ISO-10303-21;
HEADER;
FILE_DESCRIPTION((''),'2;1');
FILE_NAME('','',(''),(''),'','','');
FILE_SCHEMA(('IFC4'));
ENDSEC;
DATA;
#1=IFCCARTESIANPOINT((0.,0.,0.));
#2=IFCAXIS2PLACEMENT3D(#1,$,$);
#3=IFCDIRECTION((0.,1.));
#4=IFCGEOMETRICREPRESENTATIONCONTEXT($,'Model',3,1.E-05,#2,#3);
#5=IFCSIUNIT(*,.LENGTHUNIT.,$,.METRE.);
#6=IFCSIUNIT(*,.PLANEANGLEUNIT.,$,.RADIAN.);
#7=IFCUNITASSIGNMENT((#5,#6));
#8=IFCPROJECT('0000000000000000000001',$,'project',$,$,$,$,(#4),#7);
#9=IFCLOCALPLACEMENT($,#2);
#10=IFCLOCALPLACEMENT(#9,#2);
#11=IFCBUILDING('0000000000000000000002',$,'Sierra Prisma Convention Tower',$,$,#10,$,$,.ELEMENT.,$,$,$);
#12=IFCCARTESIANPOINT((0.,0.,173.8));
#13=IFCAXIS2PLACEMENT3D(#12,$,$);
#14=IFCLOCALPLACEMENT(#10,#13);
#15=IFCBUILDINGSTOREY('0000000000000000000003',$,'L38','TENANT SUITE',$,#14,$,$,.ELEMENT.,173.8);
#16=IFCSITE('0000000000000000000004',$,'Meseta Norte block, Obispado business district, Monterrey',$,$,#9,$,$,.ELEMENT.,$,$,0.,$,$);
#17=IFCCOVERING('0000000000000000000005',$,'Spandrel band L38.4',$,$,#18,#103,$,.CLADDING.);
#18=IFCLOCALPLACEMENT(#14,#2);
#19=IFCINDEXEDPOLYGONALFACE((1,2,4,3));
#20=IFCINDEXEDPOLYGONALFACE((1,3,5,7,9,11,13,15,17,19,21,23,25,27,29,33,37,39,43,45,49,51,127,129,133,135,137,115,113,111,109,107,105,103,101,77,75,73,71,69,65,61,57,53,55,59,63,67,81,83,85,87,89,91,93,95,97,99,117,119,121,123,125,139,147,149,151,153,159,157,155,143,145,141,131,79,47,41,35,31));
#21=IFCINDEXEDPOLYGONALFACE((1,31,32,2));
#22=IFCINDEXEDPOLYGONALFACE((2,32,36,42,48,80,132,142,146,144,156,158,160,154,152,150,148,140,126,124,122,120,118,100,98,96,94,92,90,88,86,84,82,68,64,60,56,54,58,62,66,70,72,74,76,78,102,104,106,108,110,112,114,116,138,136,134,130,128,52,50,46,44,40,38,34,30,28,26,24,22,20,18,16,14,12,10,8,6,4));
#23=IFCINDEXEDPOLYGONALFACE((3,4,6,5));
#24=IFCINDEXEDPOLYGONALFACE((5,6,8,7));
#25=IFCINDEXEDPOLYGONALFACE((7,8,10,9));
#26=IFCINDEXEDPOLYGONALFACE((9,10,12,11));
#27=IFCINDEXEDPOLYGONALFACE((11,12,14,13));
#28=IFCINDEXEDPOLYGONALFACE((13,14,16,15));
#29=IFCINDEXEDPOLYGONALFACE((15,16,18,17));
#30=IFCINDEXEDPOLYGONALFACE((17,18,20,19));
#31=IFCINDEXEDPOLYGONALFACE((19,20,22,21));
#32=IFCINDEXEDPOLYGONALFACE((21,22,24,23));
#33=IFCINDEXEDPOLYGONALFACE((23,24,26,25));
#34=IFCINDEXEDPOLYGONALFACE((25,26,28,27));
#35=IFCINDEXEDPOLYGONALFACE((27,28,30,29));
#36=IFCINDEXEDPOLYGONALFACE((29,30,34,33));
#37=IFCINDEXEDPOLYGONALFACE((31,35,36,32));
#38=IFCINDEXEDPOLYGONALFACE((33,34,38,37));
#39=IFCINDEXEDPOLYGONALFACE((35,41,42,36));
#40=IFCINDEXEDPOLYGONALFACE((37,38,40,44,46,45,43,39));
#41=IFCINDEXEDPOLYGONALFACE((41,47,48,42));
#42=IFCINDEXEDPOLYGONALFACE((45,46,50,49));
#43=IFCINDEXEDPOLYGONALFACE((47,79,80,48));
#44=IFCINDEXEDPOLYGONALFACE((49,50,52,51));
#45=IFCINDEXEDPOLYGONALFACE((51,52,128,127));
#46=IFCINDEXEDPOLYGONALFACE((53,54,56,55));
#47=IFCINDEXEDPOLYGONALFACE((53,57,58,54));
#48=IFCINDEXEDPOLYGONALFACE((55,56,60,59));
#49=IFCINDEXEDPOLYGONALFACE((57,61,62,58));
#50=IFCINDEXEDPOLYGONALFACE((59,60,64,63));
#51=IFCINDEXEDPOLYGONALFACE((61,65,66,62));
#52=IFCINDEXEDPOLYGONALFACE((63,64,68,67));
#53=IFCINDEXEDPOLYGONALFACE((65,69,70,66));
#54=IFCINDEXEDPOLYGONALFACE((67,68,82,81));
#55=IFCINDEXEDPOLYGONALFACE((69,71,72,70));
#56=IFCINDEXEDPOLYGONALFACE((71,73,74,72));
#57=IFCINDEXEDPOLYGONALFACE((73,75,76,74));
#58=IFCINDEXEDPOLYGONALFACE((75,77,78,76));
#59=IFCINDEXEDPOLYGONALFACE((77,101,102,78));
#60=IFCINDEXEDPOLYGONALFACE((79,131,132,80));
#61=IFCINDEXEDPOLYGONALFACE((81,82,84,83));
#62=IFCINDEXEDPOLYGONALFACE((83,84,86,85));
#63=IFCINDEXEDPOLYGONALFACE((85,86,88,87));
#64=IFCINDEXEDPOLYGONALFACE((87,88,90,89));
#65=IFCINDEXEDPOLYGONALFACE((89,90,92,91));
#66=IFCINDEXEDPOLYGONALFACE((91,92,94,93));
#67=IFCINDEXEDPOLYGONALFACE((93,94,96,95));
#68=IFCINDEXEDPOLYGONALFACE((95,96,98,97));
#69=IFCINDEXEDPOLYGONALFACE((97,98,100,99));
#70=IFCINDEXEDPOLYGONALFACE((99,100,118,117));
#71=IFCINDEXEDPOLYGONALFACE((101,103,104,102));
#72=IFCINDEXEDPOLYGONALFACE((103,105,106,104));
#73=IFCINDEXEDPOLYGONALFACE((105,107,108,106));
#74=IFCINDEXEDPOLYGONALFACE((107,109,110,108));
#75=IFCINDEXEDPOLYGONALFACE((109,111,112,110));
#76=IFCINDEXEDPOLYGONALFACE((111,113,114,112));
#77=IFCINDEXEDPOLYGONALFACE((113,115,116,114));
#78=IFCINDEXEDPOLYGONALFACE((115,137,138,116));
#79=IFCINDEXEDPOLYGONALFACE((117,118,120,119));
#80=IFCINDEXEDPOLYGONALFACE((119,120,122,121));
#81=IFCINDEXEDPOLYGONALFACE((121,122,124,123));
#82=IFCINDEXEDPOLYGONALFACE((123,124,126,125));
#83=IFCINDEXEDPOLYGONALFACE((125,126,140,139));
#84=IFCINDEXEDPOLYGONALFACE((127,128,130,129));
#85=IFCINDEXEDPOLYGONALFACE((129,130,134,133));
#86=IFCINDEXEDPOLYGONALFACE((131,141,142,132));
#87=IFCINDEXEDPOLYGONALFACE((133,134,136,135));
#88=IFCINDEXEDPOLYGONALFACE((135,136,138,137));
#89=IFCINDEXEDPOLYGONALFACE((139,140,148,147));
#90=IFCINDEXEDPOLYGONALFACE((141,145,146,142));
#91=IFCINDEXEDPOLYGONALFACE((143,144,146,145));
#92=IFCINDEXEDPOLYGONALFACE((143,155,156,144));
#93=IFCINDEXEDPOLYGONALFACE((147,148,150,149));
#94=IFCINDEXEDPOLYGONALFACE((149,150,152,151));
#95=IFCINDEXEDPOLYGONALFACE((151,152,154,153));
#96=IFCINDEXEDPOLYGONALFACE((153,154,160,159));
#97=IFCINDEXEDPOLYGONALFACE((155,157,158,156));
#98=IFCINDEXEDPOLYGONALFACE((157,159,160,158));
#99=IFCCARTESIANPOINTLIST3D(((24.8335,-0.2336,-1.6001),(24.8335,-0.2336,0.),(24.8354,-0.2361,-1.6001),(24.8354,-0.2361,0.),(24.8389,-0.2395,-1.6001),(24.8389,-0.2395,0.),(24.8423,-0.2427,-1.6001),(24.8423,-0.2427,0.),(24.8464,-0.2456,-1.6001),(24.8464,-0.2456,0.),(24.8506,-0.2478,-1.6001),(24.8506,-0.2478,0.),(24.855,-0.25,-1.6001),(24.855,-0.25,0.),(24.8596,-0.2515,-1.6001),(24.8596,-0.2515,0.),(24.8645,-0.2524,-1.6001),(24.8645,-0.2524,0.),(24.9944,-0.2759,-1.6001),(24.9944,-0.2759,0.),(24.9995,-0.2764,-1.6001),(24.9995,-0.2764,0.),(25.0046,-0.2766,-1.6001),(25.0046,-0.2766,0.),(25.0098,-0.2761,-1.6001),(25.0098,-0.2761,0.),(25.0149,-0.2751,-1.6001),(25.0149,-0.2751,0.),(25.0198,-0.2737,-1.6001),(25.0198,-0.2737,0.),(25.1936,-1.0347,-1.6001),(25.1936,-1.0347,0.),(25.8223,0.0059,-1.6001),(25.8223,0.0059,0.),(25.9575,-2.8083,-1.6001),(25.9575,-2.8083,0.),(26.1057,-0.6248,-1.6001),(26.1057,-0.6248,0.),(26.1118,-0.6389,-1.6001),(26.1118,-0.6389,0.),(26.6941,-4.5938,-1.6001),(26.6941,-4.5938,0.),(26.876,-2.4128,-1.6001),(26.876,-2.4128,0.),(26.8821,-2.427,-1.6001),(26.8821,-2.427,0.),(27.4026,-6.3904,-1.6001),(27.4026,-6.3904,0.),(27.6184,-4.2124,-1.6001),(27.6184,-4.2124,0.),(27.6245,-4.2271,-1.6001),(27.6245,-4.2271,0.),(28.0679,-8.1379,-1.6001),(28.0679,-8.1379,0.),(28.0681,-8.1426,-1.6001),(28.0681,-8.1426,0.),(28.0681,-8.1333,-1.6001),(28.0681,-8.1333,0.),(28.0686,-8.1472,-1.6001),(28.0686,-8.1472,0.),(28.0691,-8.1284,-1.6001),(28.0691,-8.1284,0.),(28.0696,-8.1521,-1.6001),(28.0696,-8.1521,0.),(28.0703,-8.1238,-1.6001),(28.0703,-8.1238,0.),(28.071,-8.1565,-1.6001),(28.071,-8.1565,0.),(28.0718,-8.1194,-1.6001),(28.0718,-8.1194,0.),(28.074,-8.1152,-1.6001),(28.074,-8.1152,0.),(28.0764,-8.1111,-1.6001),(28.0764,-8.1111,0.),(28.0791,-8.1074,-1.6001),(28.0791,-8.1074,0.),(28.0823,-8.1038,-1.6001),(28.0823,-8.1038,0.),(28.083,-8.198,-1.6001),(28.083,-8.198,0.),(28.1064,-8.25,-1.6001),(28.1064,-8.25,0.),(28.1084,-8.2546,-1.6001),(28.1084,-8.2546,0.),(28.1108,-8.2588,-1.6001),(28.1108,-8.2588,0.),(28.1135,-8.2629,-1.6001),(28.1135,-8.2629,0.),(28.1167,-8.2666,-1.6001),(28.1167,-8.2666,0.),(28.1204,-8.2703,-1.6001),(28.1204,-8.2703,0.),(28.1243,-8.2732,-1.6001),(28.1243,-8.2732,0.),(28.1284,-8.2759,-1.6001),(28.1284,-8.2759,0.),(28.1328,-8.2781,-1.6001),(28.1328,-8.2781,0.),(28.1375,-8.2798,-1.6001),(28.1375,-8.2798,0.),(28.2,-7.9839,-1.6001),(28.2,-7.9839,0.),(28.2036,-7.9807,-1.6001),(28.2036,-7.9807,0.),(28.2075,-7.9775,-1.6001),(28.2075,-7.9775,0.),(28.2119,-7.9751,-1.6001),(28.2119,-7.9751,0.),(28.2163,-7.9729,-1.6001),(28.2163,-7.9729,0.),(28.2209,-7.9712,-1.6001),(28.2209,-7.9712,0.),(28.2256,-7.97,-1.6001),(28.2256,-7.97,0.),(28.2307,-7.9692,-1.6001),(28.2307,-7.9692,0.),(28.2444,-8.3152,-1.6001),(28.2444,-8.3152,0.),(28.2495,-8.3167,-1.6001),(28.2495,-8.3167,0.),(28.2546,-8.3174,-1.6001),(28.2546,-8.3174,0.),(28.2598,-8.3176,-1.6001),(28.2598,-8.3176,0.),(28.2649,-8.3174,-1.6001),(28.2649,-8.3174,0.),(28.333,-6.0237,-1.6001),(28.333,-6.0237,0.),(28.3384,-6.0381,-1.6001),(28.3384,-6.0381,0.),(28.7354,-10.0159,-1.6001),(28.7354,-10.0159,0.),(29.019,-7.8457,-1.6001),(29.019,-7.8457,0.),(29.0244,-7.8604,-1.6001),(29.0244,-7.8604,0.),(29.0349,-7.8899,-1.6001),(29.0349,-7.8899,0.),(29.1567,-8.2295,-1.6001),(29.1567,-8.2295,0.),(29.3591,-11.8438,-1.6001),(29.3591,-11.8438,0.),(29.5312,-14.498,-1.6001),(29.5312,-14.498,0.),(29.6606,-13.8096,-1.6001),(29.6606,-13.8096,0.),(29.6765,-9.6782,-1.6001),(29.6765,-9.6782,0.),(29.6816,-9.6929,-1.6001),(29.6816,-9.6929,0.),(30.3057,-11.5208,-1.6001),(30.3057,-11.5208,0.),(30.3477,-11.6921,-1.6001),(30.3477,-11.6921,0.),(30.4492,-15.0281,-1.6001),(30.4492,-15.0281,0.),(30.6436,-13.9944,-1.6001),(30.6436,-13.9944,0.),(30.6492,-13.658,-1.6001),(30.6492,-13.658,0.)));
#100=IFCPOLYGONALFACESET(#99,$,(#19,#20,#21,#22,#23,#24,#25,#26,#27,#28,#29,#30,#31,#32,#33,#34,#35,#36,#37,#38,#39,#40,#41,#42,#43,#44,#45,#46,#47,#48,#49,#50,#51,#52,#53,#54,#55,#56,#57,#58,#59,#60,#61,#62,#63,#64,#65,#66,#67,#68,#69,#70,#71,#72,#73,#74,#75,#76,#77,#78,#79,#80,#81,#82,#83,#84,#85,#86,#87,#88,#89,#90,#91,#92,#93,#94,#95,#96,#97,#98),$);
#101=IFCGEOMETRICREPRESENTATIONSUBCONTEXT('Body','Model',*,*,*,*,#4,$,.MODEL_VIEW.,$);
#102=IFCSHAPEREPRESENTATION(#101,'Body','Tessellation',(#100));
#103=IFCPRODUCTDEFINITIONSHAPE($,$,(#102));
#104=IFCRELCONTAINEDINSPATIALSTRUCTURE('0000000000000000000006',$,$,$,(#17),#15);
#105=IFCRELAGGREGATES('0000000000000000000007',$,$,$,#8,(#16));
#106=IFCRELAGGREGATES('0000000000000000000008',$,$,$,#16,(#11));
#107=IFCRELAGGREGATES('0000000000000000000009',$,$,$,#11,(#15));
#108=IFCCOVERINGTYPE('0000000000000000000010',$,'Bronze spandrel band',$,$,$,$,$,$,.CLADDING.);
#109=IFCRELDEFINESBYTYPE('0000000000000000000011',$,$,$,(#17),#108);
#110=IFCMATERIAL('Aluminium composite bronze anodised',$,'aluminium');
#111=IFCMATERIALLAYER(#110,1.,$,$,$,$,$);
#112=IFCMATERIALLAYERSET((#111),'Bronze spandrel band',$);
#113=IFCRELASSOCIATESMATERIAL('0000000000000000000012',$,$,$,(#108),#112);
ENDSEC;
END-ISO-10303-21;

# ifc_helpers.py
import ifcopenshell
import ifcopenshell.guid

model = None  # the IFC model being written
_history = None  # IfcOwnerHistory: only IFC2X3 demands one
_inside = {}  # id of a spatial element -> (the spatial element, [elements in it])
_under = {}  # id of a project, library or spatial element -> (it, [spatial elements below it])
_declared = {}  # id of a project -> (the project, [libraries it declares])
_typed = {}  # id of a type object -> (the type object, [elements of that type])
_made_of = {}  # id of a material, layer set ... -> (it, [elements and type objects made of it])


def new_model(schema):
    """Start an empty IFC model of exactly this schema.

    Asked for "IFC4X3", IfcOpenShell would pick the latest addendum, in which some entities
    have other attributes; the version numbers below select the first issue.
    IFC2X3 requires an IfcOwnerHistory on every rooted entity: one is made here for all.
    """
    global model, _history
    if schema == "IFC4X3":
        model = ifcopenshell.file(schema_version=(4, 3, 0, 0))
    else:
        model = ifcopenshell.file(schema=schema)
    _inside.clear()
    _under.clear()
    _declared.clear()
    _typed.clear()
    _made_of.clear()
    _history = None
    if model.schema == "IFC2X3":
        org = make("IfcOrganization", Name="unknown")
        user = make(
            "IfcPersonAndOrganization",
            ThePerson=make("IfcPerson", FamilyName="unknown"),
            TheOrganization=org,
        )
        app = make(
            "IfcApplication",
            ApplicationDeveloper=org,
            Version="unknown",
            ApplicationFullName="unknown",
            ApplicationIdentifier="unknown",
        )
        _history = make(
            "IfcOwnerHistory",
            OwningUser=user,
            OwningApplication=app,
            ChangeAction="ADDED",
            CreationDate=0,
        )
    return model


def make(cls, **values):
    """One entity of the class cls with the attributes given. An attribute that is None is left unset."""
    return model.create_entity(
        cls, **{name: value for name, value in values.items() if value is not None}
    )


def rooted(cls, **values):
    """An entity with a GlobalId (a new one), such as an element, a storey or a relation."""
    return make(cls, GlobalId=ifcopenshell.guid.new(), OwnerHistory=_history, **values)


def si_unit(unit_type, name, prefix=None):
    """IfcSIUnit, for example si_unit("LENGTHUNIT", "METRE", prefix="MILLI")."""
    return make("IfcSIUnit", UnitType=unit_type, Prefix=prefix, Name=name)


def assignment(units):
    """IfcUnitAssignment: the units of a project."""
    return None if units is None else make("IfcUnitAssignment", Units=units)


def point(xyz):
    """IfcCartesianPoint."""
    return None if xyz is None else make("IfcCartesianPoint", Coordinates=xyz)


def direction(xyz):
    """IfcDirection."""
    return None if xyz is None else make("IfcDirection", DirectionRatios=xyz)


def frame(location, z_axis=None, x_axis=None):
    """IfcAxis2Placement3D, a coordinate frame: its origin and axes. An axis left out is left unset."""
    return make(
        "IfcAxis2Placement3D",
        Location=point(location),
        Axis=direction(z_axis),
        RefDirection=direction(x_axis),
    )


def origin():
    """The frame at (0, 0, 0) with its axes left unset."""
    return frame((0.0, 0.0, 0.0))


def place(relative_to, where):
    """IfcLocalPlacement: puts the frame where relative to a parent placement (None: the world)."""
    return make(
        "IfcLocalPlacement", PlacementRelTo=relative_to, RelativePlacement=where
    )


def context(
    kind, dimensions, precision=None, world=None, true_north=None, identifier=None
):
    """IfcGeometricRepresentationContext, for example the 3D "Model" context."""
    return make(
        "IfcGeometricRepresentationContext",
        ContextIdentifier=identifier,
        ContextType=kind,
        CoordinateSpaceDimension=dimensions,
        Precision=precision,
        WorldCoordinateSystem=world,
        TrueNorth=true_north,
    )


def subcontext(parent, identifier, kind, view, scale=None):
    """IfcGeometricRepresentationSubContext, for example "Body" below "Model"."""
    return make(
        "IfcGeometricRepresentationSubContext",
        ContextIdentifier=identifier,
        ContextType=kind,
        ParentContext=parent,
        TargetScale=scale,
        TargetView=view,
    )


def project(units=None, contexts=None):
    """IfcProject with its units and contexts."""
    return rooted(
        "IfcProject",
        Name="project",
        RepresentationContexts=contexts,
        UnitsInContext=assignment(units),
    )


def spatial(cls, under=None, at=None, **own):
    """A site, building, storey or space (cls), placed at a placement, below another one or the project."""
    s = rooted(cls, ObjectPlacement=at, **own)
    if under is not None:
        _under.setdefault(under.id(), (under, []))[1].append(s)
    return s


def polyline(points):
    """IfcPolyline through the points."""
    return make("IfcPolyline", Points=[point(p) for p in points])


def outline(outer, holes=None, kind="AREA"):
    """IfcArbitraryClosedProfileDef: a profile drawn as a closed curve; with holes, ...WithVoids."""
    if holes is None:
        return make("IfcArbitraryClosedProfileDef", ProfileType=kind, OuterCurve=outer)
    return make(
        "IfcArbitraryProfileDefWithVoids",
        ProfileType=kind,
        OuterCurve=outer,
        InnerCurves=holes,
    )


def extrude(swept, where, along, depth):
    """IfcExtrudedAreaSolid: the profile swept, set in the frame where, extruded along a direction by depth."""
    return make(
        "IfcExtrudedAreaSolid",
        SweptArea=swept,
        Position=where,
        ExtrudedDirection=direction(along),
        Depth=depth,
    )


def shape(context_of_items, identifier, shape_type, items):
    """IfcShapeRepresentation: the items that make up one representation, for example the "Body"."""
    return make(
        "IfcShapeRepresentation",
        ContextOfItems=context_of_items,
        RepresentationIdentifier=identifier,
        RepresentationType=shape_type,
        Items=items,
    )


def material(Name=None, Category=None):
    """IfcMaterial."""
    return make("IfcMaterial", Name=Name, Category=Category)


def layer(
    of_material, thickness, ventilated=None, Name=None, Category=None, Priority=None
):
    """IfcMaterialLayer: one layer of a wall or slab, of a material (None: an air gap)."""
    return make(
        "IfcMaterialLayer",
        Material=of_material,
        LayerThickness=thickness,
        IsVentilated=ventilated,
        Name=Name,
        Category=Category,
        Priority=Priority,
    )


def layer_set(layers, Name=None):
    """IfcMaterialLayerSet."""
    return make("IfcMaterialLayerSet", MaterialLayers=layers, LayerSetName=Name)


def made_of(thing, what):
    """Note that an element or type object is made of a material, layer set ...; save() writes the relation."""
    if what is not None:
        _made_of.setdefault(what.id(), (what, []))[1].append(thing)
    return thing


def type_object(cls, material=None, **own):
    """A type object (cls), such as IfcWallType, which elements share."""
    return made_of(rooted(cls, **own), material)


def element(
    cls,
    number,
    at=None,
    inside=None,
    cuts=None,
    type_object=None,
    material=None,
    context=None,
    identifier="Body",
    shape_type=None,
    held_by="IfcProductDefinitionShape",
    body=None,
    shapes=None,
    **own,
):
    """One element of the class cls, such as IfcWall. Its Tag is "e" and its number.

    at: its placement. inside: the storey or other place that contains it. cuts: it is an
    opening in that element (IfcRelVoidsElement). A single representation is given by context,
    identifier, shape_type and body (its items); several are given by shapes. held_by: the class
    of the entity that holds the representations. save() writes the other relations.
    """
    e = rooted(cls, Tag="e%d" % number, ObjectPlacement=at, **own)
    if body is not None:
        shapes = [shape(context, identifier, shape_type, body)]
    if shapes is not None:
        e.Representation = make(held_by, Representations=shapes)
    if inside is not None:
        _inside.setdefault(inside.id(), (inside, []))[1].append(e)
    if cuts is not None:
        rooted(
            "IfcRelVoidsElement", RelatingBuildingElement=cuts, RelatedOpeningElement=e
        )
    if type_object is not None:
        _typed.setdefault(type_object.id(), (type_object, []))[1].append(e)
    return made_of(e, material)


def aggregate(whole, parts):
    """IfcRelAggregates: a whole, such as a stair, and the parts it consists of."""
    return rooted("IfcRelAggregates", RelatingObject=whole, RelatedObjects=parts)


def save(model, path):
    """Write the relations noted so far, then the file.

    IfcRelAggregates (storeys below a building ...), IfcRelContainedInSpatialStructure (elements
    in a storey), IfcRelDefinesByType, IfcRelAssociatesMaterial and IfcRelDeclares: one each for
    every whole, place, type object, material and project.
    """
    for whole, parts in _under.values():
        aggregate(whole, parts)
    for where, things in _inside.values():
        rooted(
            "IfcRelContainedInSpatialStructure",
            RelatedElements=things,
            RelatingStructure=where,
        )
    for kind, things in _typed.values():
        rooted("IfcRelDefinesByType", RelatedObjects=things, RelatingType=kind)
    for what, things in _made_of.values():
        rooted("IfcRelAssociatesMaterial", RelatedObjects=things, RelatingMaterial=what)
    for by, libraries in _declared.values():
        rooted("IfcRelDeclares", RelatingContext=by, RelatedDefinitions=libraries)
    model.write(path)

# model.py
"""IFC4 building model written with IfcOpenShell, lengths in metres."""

from ifc_helpers import new_model, si_unit, direction, frame, origin, place, context, subcontext, project, spatial, polyline, outline, extrude, material, layer, layer_set, type_object, element, save


model = new_model("IFC4")

# Units and contexts
model_context = context("Model", 3, precision=1e-05, world=origin(), true_north=direction((0.0, 1.0)))
body_context = subcontext(model_context, "Body", "Model", "MODEL_VIEW")
ifc_project = project(units=[si_unit("LENGTHUNIT", "METRE"), si_unit("PLANEANGLEUNIT", "RADIAN")], contexts=[model_context])

# Site, building, storey
site_placement = place(None, origin())
site = spatial("IfcSite", under=ifc_project, at=site_placement, Name="Meseta Norte block, Obispado business district, Monterrey", CompositionType="ELEMENT", RefElevation=0.0)
building_placement = place(site_placement, origin())
building = spatial("IfcBuilding", under=site, at=building_placement, Name="Sierra Prisma Convention Tower", CompositionType="ELEMENT")
storey_placement = place(building_placement, frame((0.0, 0.0, 173.8)))
storey = spatial("IfcBuildingStorey", under=building, at=storey_placement, Name="L38", Description="TENANT SUITE", CompositionType="ELEMENT", Elevation=173.8)

# Covering
ifc_material_1 = material(Name="Aluminium composite bronze anodised", Category="aluminium")
ifc_layer_1 = layer(ifc_material_1, 1.0)
ifc_layer_set_1 = layer_set([ifc_layer_1], Name="Bronze spandrel band")
covering_type_1 = type_object("IfcCoveringType", Name="Bronze spandrel band", PredefinedType="CLADDING", material=ifc_layer_set_1)
covering_1_placement = place(storey_placement, frame((0.0, 0.0, -1.6001)))
element("IfcCovering", 1, at=covering_1_placement, inside=storey, type_object=covering_type_1, Name="Spandrel band L38.4", PredefinedType="CLADDING", context=body_context, shape_type="SweptSolid", body=[
    extrude(outline(polyline([(28.3384, -6.0381), (29.019, -7.8457), (29.0244, -7.8604), (29.0349, -7.8899), (28.2307, -7.9692), (28.2256, -7.97), (28.2209, -7.9712), (28.2163, -7.9729), (28.2119, -7.9751), (28.2075, -7.9775), (28.2036, -7.9807), (28.2, -7.9839), (28.0823, -8.1038), (28.0791, -8.1074), (28.0764, -8.1111), (28.074, -8.1152), (28.0718, -8.1194), (28.0703, -8.1238), (28.0691, -8.1284), (28.0681, -8.1333), (28.0679, -8.1379), (28.0681, -8.1426), (28.0686, -8.1472), (28.0696, -8.1521), (28.071, -8.1565), (28.1064, -8.25), (28.1084, -8.2546), (28.1108, -8.2588), (28.1135, -8.2629), (28.1167, -8.2666), (28.1204, -8.2703), (28.1243, -8.2732), (28.1284, -8.2759), (28.1328, -8.2781), (28.1375, -8.2798), (28.2444, -8.3152), (28.2495, -8.3167), (28.2546, -8.3174), (28.2598, -8.3176), (28.2649, -8.3174), (29.1567, -8.2295), (29.6765, -9.6782), (29.6816, -9.6929), (30.3057, -11.5208), (30.3477, -11.6921), (30.6492, -13.658), (30.6436, -13.9944), (30.4492, -15.0281), (29.5312, -14.498), (29.6606, -13.8096), (29.3591, -11.8438), (28.7354, -10.0159), (28.083, -8.198), (27.4026, -6.3904), (26.6941, -4.5938), (25.9575, -2.8083), (25.1936, -1.0347), (24.8335, -0.2336), (24.8354, -0.2361), (24.8389, -0.2395), (24.8423, -0.2427), (24.8464, -0.2456), (24.8506, -0.2478), (24.855, -0.25), (24.8596, -0.2515), (24.8645, -0.2524), (24.9944, -0.2759), (24.9995, -0.2764), (25.0046, -0.2766), (25.0098, -0.2761), (25.0149, -0.2751), (25.0198, -0.2737), (25.8223, 0.0059), (26.1057, -0.6248), (26.1118, -0.6389), (26.876, -2.4128), (26.8821, -2.427), (27.6184, -4.2124), (27.6245, -4.2271), (28.333, -6.0237), (28.3384, -6.0381)])), origin(), (0.0, 0.0, 1.0), 1.6001),
])

save(model, "model.ifc")
